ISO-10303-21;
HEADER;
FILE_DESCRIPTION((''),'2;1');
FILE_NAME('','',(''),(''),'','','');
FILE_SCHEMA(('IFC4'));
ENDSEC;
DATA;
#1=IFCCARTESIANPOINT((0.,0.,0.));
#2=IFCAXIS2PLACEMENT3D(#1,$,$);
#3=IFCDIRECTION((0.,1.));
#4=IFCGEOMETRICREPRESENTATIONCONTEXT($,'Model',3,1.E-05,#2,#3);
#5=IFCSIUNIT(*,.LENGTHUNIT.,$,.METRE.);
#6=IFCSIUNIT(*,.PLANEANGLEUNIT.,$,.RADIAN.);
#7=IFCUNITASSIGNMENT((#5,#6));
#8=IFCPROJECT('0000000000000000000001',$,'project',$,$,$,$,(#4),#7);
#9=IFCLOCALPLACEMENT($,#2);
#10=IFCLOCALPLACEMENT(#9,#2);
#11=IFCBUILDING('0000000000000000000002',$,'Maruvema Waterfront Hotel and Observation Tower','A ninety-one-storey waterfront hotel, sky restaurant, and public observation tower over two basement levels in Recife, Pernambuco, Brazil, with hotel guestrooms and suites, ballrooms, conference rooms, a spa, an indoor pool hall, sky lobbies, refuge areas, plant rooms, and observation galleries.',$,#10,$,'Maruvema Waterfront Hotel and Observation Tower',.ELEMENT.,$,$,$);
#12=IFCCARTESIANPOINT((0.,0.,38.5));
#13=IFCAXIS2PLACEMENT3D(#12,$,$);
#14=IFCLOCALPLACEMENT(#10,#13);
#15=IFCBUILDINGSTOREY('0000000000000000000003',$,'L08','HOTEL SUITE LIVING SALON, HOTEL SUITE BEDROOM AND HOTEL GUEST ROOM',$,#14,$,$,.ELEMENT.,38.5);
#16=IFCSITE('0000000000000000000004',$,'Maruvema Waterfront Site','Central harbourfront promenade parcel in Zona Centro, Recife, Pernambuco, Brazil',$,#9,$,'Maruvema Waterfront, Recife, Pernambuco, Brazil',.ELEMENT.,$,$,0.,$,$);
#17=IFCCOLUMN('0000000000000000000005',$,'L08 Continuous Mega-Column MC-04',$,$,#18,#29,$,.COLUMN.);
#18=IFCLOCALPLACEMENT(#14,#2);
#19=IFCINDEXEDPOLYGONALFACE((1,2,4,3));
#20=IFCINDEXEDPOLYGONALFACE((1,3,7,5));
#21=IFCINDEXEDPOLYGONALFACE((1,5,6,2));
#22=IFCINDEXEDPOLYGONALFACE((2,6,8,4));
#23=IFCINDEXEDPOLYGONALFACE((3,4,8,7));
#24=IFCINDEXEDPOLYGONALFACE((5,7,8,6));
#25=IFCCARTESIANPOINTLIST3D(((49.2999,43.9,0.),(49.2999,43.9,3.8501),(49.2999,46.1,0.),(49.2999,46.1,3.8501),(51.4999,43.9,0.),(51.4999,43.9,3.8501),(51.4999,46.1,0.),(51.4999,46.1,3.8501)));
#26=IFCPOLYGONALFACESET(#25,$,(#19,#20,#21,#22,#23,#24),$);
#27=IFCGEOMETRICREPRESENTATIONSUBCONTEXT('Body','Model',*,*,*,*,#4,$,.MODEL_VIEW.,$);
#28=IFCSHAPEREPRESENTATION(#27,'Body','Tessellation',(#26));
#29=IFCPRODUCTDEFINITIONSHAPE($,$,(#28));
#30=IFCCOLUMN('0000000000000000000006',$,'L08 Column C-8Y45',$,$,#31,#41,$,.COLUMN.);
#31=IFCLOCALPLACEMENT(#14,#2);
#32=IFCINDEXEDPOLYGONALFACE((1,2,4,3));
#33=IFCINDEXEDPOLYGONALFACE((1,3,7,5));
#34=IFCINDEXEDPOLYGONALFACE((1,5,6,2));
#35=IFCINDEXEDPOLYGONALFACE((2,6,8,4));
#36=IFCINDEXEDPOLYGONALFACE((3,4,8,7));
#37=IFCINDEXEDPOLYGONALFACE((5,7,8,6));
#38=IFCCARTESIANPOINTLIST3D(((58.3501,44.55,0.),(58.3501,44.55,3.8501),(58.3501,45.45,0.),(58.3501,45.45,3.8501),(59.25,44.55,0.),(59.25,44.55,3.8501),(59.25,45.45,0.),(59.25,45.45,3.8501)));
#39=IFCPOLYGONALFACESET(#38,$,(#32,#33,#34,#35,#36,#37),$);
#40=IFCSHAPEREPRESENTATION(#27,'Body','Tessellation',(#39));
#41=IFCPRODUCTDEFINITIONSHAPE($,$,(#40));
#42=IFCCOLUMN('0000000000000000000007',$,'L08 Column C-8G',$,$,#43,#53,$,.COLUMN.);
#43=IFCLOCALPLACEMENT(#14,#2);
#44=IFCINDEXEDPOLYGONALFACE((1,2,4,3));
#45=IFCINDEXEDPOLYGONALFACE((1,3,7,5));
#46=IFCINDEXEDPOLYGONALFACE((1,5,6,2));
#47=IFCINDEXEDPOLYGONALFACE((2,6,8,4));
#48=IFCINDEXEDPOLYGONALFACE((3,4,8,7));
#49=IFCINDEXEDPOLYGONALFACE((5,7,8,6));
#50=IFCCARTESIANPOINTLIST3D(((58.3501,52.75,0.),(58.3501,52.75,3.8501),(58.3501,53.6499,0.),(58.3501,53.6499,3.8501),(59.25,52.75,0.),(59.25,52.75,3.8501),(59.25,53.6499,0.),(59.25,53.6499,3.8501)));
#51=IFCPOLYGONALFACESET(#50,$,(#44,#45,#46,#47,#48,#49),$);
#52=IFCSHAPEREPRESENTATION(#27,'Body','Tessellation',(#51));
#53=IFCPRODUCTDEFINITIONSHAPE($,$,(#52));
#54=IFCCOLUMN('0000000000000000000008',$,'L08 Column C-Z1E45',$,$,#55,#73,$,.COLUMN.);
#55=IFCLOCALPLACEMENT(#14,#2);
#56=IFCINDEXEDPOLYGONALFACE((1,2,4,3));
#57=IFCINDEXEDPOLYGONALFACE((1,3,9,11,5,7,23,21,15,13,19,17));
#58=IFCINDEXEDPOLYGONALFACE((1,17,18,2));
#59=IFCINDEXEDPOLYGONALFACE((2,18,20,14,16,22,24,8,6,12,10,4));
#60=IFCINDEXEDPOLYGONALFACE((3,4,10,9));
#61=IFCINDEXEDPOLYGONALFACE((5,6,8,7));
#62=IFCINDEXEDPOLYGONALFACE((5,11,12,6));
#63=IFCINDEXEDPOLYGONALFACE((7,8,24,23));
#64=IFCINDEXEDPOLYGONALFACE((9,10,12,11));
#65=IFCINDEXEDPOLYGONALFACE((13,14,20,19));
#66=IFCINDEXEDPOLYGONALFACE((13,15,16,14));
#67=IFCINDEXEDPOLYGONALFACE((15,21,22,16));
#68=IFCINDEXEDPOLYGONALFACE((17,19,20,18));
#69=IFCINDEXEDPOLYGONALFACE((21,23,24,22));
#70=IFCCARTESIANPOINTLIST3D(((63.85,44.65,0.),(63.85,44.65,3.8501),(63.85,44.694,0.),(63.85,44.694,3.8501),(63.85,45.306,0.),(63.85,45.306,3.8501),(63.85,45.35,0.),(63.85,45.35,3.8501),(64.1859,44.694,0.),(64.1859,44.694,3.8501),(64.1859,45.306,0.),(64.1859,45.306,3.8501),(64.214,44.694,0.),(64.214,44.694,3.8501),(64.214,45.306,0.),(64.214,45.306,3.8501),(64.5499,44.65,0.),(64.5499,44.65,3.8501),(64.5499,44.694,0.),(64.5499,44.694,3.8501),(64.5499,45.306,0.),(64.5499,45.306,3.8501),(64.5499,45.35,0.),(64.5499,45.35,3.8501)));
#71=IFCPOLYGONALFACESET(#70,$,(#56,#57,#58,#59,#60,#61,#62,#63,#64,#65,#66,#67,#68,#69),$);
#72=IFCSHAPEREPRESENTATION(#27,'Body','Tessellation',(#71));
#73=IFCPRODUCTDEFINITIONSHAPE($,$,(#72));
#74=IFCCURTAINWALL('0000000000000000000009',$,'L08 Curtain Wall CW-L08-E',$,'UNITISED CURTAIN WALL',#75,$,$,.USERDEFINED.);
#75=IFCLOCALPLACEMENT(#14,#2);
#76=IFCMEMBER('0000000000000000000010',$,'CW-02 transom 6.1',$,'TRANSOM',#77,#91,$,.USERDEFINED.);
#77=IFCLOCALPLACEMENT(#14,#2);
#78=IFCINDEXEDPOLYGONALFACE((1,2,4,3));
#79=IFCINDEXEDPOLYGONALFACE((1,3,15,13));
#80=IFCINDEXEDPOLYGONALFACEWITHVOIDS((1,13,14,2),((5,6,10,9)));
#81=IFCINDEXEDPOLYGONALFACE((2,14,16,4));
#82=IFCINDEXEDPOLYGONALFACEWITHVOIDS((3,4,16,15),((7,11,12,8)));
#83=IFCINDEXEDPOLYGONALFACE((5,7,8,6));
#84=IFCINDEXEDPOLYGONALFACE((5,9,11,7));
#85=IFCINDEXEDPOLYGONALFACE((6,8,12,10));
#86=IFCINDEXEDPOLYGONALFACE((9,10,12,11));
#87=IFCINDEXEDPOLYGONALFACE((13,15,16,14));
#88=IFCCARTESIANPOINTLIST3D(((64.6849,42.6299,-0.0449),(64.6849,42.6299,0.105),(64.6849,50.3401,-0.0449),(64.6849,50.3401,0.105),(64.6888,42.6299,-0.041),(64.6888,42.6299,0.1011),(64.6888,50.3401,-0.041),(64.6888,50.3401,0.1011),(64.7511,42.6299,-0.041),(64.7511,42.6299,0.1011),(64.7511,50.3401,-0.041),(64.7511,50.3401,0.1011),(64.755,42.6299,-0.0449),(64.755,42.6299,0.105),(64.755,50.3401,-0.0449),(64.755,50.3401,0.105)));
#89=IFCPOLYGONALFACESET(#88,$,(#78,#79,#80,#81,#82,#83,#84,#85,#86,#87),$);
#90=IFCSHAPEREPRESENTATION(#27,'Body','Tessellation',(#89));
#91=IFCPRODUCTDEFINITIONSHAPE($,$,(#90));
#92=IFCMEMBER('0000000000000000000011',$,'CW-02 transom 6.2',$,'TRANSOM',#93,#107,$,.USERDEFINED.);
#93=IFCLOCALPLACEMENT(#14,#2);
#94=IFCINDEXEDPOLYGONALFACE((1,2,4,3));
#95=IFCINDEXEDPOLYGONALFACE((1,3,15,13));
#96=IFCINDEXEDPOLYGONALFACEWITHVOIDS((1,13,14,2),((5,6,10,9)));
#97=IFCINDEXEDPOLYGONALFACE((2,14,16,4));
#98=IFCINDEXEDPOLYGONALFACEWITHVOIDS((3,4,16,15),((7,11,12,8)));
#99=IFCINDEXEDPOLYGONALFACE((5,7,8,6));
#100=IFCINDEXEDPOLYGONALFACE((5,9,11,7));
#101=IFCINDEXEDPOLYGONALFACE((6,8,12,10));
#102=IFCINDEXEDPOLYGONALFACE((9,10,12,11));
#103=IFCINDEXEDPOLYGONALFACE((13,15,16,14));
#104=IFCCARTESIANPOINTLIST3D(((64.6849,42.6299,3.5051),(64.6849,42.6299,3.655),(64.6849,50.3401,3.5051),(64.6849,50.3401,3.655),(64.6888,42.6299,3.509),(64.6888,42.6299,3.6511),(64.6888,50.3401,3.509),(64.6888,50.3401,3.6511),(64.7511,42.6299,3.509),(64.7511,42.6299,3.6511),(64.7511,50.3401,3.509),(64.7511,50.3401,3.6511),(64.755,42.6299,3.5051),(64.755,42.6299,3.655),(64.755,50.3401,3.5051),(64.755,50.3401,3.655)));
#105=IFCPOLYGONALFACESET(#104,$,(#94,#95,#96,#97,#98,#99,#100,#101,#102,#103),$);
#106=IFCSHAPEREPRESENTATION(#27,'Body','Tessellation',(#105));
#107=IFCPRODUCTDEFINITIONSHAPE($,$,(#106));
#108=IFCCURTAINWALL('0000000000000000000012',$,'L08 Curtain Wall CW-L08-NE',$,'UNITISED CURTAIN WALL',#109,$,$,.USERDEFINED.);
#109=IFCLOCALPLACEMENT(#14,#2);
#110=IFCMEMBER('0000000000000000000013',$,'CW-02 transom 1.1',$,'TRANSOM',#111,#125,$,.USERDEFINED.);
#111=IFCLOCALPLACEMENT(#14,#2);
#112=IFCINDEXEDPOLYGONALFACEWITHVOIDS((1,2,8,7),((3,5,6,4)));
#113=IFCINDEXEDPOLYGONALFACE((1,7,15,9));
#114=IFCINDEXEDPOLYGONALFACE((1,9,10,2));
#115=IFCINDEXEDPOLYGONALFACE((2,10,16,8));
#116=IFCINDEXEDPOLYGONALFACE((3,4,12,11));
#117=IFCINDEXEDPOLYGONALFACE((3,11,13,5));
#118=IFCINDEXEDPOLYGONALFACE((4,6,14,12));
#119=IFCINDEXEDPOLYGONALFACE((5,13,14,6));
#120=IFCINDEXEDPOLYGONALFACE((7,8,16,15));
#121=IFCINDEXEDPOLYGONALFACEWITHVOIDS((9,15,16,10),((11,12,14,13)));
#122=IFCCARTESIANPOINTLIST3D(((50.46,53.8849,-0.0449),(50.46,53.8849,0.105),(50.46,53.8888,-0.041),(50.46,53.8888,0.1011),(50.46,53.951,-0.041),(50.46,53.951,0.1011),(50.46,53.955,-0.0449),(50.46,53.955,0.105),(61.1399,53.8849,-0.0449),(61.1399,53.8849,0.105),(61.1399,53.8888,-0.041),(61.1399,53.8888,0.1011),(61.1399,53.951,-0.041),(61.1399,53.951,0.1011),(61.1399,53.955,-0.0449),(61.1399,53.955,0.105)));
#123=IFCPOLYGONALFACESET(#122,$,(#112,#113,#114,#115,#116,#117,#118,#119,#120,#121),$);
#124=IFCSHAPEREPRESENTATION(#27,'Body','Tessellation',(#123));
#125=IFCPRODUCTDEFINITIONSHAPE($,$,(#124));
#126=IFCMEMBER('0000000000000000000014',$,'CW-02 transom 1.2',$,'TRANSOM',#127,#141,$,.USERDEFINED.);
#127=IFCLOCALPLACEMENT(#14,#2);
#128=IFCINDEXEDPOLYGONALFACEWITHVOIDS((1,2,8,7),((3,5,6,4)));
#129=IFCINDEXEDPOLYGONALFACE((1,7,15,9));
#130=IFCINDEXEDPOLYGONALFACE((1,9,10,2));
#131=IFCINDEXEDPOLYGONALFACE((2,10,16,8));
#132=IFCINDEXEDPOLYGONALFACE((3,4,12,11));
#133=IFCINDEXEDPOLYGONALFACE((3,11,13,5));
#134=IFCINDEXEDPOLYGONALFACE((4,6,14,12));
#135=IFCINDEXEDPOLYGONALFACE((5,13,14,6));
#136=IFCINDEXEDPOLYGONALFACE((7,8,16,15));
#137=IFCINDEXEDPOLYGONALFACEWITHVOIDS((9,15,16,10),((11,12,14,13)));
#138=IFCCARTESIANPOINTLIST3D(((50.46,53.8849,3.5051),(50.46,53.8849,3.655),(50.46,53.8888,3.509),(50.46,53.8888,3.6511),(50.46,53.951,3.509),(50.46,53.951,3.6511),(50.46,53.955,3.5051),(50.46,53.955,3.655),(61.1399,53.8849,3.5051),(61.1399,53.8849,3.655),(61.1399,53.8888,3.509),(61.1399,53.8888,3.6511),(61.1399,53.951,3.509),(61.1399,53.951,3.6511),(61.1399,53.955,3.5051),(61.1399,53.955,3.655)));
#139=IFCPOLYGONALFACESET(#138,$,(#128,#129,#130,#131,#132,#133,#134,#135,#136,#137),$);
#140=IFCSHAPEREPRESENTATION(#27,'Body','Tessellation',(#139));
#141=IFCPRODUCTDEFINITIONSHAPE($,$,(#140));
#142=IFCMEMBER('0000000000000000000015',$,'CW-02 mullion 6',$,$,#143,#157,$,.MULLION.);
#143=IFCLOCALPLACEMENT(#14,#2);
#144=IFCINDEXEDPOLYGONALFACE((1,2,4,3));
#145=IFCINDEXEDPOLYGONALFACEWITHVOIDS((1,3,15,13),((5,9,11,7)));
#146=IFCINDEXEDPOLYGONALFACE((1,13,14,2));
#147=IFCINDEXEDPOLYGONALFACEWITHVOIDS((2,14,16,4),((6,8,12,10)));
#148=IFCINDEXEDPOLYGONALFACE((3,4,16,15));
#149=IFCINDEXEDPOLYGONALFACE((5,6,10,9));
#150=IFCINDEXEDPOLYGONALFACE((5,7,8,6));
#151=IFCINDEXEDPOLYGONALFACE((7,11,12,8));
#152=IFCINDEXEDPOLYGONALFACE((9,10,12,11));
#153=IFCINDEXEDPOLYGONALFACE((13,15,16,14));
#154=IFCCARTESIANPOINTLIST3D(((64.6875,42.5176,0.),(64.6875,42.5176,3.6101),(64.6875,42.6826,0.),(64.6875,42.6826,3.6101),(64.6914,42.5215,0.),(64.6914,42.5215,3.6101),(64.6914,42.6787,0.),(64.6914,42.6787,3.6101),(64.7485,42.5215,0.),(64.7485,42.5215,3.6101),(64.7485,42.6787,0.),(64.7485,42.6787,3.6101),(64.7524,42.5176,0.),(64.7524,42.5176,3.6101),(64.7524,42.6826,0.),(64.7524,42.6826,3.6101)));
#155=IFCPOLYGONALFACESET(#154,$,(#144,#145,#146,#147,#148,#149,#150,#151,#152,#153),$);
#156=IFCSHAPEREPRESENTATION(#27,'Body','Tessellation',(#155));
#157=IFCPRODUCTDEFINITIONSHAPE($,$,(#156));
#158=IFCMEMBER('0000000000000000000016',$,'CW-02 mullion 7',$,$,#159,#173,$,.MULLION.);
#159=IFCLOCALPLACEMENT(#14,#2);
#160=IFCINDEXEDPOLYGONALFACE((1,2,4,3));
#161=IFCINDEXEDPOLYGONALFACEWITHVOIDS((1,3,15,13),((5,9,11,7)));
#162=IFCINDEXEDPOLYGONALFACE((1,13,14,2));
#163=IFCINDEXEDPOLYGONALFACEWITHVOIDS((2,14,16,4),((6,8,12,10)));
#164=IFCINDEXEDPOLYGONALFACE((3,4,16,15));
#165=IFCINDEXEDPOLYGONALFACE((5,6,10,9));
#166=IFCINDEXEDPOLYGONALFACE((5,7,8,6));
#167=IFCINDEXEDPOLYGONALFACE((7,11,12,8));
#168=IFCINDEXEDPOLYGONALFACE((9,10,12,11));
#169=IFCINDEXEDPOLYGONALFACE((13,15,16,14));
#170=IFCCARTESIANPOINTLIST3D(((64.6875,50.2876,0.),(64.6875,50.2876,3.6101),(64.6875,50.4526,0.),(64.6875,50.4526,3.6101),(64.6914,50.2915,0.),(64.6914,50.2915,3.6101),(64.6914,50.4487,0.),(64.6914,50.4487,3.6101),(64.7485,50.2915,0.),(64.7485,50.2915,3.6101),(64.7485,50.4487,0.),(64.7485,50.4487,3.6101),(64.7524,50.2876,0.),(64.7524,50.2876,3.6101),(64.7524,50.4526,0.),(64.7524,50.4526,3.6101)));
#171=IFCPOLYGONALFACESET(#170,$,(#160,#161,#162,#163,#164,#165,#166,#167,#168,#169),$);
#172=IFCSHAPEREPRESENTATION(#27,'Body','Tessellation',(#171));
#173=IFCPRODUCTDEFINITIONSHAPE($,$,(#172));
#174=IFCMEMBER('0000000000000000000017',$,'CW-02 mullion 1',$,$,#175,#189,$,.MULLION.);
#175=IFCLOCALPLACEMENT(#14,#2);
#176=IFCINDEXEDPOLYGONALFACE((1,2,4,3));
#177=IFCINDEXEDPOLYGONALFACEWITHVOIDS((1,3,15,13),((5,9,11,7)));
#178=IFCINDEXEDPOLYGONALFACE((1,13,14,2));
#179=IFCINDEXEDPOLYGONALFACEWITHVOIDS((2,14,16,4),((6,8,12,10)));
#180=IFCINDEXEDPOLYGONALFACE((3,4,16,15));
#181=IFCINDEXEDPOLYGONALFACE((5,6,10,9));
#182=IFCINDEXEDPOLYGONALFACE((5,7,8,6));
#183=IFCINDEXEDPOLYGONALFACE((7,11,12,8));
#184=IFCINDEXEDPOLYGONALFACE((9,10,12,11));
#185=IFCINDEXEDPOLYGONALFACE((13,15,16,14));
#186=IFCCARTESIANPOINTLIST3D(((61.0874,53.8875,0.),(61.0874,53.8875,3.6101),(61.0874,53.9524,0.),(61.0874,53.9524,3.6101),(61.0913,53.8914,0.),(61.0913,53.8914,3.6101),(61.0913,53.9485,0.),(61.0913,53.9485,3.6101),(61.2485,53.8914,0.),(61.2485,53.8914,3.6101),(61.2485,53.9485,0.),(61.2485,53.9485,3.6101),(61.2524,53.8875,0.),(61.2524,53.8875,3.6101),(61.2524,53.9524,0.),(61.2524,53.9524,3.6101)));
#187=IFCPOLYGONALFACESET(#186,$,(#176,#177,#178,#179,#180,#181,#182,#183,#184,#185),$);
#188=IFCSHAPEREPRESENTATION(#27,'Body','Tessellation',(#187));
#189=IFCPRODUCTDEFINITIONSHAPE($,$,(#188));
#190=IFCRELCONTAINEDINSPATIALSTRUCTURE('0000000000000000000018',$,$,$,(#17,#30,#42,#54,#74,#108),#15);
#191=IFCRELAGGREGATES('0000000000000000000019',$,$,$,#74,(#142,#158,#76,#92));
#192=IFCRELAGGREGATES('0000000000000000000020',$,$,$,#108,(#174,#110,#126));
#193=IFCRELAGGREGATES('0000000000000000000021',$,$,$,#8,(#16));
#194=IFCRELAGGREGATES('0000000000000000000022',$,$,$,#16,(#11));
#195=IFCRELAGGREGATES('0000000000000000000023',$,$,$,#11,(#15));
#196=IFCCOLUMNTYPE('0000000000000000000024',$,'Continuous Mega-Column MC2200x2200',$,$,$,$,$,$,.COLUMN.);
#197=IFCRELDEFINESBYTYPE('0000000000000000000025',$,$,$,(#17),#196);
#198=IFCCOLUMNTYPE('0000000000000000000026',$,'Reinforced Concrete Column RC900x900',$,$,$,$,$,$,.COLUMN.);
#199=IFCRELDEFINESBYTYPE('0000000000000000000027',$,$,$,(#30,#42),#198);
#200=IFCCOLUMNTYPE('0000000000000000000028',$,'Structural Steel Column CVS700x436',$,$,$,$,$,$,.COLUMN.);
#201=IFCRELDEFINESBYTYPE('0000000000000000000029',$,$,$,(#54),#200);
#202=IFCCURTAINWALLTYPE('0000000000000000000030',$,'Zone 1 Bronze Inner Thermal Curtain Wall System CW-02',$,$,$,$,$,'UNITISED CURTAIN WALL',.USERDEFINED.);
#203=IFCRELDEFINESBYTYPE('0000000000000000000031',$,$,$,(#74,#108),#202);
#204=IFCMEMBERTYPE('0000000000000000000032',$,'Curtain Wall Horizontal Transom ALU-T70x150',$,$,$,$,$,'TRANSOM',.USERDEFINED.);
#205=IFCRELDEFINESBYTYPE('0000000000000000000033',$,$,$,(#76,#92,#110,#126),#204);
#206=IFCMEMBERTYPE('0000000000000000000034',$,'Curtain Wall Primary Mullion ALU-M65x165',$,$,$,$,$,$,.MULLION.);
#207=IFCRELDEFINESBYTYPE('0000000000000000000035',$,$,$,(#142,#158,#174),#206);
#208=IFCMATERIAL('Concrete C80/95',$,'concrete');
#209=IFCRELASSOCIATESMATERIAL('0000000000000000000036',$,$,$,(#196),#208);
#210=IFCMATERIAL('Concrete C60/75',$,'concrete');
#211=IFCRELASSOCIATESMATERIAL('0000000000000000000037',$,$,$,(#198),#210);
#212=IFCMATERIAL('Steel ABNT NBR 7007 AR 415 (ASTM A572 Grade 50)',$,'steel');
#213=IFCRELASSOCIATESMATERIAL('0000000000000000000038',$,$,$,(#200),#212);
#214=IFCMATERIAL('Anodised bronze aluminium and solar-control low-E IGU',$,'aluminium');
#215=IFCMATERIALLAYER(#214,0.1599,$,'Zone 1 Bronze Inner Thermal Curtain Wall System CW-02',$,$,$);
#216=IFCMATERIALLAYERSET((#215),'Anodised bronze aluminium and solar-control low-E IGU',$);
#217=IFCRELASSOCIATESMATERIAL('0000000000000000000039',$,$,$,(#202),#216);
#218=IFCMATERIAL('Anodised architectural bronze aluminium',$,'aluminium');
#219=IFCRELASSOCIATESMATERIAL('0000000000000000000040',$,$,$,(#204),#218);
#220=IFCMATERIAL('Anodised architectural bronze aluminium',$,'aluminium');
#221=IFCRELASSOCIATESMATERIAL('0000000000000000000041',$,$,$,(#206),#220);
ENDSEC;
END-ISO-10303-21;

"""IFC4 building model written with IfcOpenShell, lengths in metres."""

from ifc_helpers import new_model, si_unit, direction, frame, origin, origin_2d, place, context, subcontext, project, spatial, rectangle, hollow_rectangle, i_section, extrude, material, layer, layer_set, material_profile, profile_set, type_object, element, aggregate, save


model = new_model("IFC4")

# Units and contexts
model_context = context("Model", 3, precision=1e-05, world=origin(), true_north=direction((0.0, 1.0)))
body_context = subcontext(model_context, "Body", "Model", "MODEL_VIEW")
ifc_project = project(units=[si_unit("LENGTHUNIT", "METRE"), si_unit("PLANEANGLEUNIT", "RADIAN")], contexts=[model_context])

# Site, building, storey
site_placement = place(None, origin())
site = spatial("IfcSite", under=ifc_project, at=site_placement, Name="Maruvema Waterfront Site", Description="Central harbourfront promenade parcel in Zona Centro, Recife, Pernambuco, Brazil", LongName="Maruvema Waterfront, Recife, Pernambuco, Brazil", CompositionType="ELEMENT", RefElevation=0.0)
building_placement = place(site_placement, origin())
building = spatial("IfcBuilding", under=site, at=building_placement, Name="Maruvema Waterfront Hotel and Observation Tower", Description="A ninety-one-storey waterfront hotel, sky restaurant, and public observation tower over two basement levels in Recife, Pernambuco, Brazil, with hotel guestrooms and suites, ballrooms, conference rooms, a spa, an indoor pool hall, sky lobbies, refuge areas, plant rooms, and observation galleries.", LongName="Maruvema Waterfront Hotel and Observation Tower", CompositionType="ELEMENT")
storey_placement = place(building_placement, frame((0.0, 0.0, 38.5)))
storey = spatial("IfcBuildingStorey", under=building, at=storey_placement, Name="L08", Description="HOTEL SUITE LIVING SALON, HOTEL SUITE BEDROOM AND HOTEL GUEST ROOM", CompositionType="ELEMENT", Elevation=38.5)

# Columns
ifc_material_1 = material(Name="Concrete C80/95", Category="concrete")
ifc_material_profile_1 = material_profile(ifc_material_1, rectangle(XDim=2.2, YDim=2.2, at=origin_2d()), Name="MC2200x2200")
ifc_profile_set_1 = profile_set([ifc_material_profile_1], Name="Concrete C80/95")
column_type_1 = type_object("IfcColumnType", Name="Continuous Mega-Column MC2200x2200", PredefinedType="COLUMN", material=ifc_profile_set_1)
column_1_placement = place(storey_placement, frame((50.3999, 45.0, 0.0), z_axis=(0.0, 0.0, 1.0), x_axis=(1.0, 0.0, 0.0)))
element("IfcColumn", 1, at=column_1_placement, inside=storey, type_object=column_type_1, Name="L08 Continuous Mega-Column MC-04", PredefinedType="COLUMN", context=body_context, shape_type="SweptSolid", body=[
    extrude(rectangle(XDim=2.2, YDim=2.2, at=origin_2d()), origin(), (0.0, 0.0, 1.0), 3.8501),
])
ifc_material_2 = material(Name="Concrete C60/75", Category="concrete")
ifc_material_profile_2 = material_profile(ifc_material_2, rectangle(XDim=0.8999, YDim=0.8999, at=origin_2d()), Name="RC900x900")
ifc_profile_set_2 = profile_set([ifc_material_profile_2], Name="Concrete C60/75")
column_type_2 = type_object("IfcColumnType", Name="Reinforced Concrete Column RC900x900", PredefinedType="COLUMN", material=ifc_profile_set_2)
for number, where, z_axis, x_axis, name in (
    (2, (58.8, 45.0, 0.0), (0.0, 0.0, 1.0), (1.0, 0.0, 0.0), "L08 Column C-8Y45"),
    (3, (58.8, 53.2, 0.0), (0.0, 0.0, 1.0), (1.0, 0.0, 0.0), "L08 Column C-8G"),
):
    element("IfcColumn", number, at=place(storey_placement, frame(where, z_axis=z_axis, x_axis=x_axis)), inside=storey, type_object=column_type_2, Name=name, PredefinedType="COLUMN", context=body_context, shape_type="SweptSolid", body=[
        extrude(rectangle(XDim=0.8999, YDim=0.8999, at=origin_2d()), origin(), (0.0, 0.0, 1.0), 3.8501),
    ])
ifc_material_3 = material(Name="Steel ABNT NBR 7007 AR 415 (ASTM A572 Grade 50)", Category="steel")
ifc_material_profile_3 = material_profile(ifc_material_3, i_section(OverallWidth=0.7, OverallDepth=0.7, WebThickness=0.0281, FlangeThickness=0.0439, at=origin_2d()), Name="CVS700x436")
ifc_profile_set_3 = profile_set([ifc_material_profile_3], Name="Steel ABNT NBR 7007 AR 415 (ASTM A572 Grade 50)")
column_type_3 = type_object("IfcColumnType", Name="Structural Steel Column CVS700x436", PredefinedType="COLUMN", material=ifc_profile_set_3)
column_2_placement = place(storey_placement, frame((64.2, 45.0, 0.0), z_axis=(0.0, 0.0, 1.0), x_axis=(1.0, 0.0, 0.0)))
element("IfcColumn", 4, at=column_2_placement, inside=storey, type_object=column_type_3, Name="L08 Column C-Z1E45", PredefinedType="COLUMN", context=body_context, shape_type="SweptSolid", body=[
    extrude(i_section(OverallWidth=0.7, OverallDepth=0.7, WebThickness=0.0281, FlangeThickness=0.0439, at=origin_2d()), origin(), (0.0, 0.0, 1.0), 3.8501),
])

# Curtain walls, members
ifc_material_4 = material(Name="Anodised bronze aluminium and solar-control low-E IGU", Category="aluminium")
ifc_layer_1 = layer(ifc_material_4, 0.1599, Name="Zone 1 Bronze Inner Thermal Curtain Wall System CW-02")
ifc_layer_set_1 = layer_set([ifc_layer_1], Name="Anodised bronze aluminium and solar-control low-E IGU")
curtain_wall_type = type_object("IfcCurtainWallType", Name="Zone 1 Bronze Inner Thermal Curtain Wall System CW-02", ElementType="UNITISED CURTAIN WALL", PredefinedType="USERDEFINED", material=ifc_layer_set_1)
curtain_wall_1_placement = place(storey_placement, origin())
curtain_wall_1 = element("IfcCurtainWall", 5, at=curtain_wall_1_placement, inside=storey, type_object=curtain_wall_type, Name="L08 Curtain Wall CW-L08-E", ObjectType="UNITISED CURTAIN WALL", PredefinedType="USERDEFINED")
ifc_material_5 = material(Name="Anodised architectural bronze aluminium", Category="aluminium")
ifc_material_profile_4 = material_profile(ifc_material_5, hollow_rectangle(XDim=0.0701, YDim=0.1499, WallThickness=0.0039, at=origin_2d()), Name="ALU-T70x150")
ifc_profile_set_4 = profile_set([ifc_material_profile_4], Name="Anodised architectural bronze aluminium")
member_type_1 = type_object("IfcMemberType", Name="Curtain Wall Horizontal Transom ALU-T70x150", ElementType="TRANSOM", PredefinedType="USERDEFINED", material=ifc_profile_set_4)
member_1_placement = place(storey_placement, frame((64.72, 42.6299, 0.03), z_axis=(0.0, 1.0, 0.0), x_axis=(-1.0, 0.0, 0.0)))
member_1 = element("IfcMember", 6, at=member_1_placement, type_object=member_type_1, Name="CW-02 transom 6.1", ObjectType="TRANSOM", PredefinedType="USERDEFINED", context=body_context, shape_type="SweptSolid", body=[
    extrude(hollow_rectangle(XDim=0.0701, YDim=0.1499, WallThickness=0.0039, at=origin_2d()), origin(), (0.0, 0.0, 1.0), 7.7102),
])
member_2_placement = place(storey_placement, frame((64.72, 42.6299, 3.5801), z_axis=(0.0, 1.0, 0.0), x_axis=(-1.0, 0.0, 0.0)))
member_2 = element("IfcMember", 7, at=member_2_placement, type_object=member_type_1, Name="CW-02 transom 6.2", ObjectType="TRANSOM", PredefinedType="USERDEFINED", context=body_context, shape_type="SweptSolid", body=[
    extrude(hollow_rectangle(XDim=0.0701, YDim=0.1499, WallThickness=0.0039, at=origin_2d()), origin(), (0.0, 0.0, 1.0), 7.7102),
])
curtain_wall_2_placement = place(storey_placement, origin())
curtain_wall_2 = element("IfcCurtainWall", 8, at=curtain_wall_2_placement, inside=storey, type_object=curtain_wall_type, Name="L08 Curtain Wall CW-L08-NE", ObjectType="UNITISED CURTAIN WALL", PredefinedType="USERDEFINED")
member_3_placement = place(storey_placement, frame((61.1399, 53.9199, 0.03), z_axis=(-1.0, 0.0, 0.0), x_axis=(0.0, -1.0, 0.0)))
member_3 = element("IfcMember", 9, at=member_3_placement, type_object=member_type_1, Name="CW-02 transom 1.1", ObjectType="TRANSOM", PredefinedType="USERDEFINED", context=body_context, shape_type="SweptSolid", body=[
    extrude(hollow_rectangle(XDim=0.0701, YDim=0.1499, WallThickness=0.0039, at=origin_2d()), origin(), (0.0, 0.0, 1.0), 10.6799),
])
member_4_placement = place(storey_placement, frame((61.1399, 53.9199, 3.5801), z_axis=(-1.0, 0.0, 0.0), x_axis=(0.0, -1.0, 0.0)))
member_4 = element("IfcMember", 10, at=member_4_placement, type_object=member_type_1, Name="CW-02 transom 1.2", ObjectType="TRANSOM", PredefinedType="USERDEFINED", context=body_context, shape_type="SweptSolid", body=[
    extrude(hollow_rectangle(XDim=0.0701, YDim=0.1499, WallThickness=0.0039, at=origin_2d()), origin(), (0.0, 0.0, 1.0), 10.6799),
])

# Members
ifc_material_6 = material(Name="Anodised architectural bronze aluminium", Category="aluminium")
ifc_material_profile_5 = material_profile(ifc_material_6, hollow_rectangle(XDim=0.0649, YDim=0.165, WallThickness=0.0039, at=origin_2d()), Name="ALU-M65x165")
ifc_profile_set_5 = profile_set([ifc_material_profile_5], Name="Anodised architectural bronze aluminium")
member_type_2 = type_object("IfcMemberType", Name="Curtain Wall Primary Mullion ALU-M65x165", PredefinedType="MULLION", material=ifc_profile_set_5)
member_5_placement = place(storey_placement, frame((64.72, 42.6001, 0.0), z_axis=(0.0, 0.0, 1.0), x_axis=(-1.0, 0.0, 0.0)))
member_5 = element("IfcMember", 11, at=member_5_placement, type_object=member_type_2, Name="CW-02 mullion 6", PredefinedType="MULLION", context=body_context, shape_type="SweptSolid", body=[
    extrude(hollow_rectangle(XDim=0.0649, YDim=0.165, WallThickness=0.0039, at=origin_2d()), origin(), (0.0, 0.0, 1.0), 3.6101),
])
member_6_placement = place(storey_placement, frame((64.72, 50.3701, 0.0), z_axis=(0.0, 0.0, 1.0), x_axis=(-1.0, 0.0, 0.0)))
member_6 = element("IfcMember", 12, at=member_6_placement, type_object=member_type_2, Name="CW-02 mullion 7", PredefinedType="MULLION", context=body_context, shape_type="SweptSolid", body=[
    extrude(hollow_rectangle(XDim=0.0649, YDim=0.165, WallThickness=0.0039, at=origin_2d()), origin(), (0.0, 0.0, 1.0), 3.6101),
])
member_7_placement = place(storey_placement, frame((61.1699, 53.9199, 0.0), z_axis=(0.0, 0.0, 1.0), x_axis=(0.0, -1.0, 0.0)))
member_7 = element("IfcMember", 13, at=member_7_placement, type_object=member_type_2, Name="CW-02 mullion 1", PredefinedType="MULLION", context=body_context, shape_type="SweptSolid", body=[
    extrude(hollow_rectangle(XDim=0.0649, YDim=0.165, WallThickness=0.0039, at=origin_2d()), origin(), (0.0, 0.0, 1.0), 3.6101),
])

aggregate(curtain_wall_1, [member_5, member_6, member_1, member_2])
aggregate(curtain_wall_2, [member_7, member_3, member_4])

save(model, "model.ifc")
